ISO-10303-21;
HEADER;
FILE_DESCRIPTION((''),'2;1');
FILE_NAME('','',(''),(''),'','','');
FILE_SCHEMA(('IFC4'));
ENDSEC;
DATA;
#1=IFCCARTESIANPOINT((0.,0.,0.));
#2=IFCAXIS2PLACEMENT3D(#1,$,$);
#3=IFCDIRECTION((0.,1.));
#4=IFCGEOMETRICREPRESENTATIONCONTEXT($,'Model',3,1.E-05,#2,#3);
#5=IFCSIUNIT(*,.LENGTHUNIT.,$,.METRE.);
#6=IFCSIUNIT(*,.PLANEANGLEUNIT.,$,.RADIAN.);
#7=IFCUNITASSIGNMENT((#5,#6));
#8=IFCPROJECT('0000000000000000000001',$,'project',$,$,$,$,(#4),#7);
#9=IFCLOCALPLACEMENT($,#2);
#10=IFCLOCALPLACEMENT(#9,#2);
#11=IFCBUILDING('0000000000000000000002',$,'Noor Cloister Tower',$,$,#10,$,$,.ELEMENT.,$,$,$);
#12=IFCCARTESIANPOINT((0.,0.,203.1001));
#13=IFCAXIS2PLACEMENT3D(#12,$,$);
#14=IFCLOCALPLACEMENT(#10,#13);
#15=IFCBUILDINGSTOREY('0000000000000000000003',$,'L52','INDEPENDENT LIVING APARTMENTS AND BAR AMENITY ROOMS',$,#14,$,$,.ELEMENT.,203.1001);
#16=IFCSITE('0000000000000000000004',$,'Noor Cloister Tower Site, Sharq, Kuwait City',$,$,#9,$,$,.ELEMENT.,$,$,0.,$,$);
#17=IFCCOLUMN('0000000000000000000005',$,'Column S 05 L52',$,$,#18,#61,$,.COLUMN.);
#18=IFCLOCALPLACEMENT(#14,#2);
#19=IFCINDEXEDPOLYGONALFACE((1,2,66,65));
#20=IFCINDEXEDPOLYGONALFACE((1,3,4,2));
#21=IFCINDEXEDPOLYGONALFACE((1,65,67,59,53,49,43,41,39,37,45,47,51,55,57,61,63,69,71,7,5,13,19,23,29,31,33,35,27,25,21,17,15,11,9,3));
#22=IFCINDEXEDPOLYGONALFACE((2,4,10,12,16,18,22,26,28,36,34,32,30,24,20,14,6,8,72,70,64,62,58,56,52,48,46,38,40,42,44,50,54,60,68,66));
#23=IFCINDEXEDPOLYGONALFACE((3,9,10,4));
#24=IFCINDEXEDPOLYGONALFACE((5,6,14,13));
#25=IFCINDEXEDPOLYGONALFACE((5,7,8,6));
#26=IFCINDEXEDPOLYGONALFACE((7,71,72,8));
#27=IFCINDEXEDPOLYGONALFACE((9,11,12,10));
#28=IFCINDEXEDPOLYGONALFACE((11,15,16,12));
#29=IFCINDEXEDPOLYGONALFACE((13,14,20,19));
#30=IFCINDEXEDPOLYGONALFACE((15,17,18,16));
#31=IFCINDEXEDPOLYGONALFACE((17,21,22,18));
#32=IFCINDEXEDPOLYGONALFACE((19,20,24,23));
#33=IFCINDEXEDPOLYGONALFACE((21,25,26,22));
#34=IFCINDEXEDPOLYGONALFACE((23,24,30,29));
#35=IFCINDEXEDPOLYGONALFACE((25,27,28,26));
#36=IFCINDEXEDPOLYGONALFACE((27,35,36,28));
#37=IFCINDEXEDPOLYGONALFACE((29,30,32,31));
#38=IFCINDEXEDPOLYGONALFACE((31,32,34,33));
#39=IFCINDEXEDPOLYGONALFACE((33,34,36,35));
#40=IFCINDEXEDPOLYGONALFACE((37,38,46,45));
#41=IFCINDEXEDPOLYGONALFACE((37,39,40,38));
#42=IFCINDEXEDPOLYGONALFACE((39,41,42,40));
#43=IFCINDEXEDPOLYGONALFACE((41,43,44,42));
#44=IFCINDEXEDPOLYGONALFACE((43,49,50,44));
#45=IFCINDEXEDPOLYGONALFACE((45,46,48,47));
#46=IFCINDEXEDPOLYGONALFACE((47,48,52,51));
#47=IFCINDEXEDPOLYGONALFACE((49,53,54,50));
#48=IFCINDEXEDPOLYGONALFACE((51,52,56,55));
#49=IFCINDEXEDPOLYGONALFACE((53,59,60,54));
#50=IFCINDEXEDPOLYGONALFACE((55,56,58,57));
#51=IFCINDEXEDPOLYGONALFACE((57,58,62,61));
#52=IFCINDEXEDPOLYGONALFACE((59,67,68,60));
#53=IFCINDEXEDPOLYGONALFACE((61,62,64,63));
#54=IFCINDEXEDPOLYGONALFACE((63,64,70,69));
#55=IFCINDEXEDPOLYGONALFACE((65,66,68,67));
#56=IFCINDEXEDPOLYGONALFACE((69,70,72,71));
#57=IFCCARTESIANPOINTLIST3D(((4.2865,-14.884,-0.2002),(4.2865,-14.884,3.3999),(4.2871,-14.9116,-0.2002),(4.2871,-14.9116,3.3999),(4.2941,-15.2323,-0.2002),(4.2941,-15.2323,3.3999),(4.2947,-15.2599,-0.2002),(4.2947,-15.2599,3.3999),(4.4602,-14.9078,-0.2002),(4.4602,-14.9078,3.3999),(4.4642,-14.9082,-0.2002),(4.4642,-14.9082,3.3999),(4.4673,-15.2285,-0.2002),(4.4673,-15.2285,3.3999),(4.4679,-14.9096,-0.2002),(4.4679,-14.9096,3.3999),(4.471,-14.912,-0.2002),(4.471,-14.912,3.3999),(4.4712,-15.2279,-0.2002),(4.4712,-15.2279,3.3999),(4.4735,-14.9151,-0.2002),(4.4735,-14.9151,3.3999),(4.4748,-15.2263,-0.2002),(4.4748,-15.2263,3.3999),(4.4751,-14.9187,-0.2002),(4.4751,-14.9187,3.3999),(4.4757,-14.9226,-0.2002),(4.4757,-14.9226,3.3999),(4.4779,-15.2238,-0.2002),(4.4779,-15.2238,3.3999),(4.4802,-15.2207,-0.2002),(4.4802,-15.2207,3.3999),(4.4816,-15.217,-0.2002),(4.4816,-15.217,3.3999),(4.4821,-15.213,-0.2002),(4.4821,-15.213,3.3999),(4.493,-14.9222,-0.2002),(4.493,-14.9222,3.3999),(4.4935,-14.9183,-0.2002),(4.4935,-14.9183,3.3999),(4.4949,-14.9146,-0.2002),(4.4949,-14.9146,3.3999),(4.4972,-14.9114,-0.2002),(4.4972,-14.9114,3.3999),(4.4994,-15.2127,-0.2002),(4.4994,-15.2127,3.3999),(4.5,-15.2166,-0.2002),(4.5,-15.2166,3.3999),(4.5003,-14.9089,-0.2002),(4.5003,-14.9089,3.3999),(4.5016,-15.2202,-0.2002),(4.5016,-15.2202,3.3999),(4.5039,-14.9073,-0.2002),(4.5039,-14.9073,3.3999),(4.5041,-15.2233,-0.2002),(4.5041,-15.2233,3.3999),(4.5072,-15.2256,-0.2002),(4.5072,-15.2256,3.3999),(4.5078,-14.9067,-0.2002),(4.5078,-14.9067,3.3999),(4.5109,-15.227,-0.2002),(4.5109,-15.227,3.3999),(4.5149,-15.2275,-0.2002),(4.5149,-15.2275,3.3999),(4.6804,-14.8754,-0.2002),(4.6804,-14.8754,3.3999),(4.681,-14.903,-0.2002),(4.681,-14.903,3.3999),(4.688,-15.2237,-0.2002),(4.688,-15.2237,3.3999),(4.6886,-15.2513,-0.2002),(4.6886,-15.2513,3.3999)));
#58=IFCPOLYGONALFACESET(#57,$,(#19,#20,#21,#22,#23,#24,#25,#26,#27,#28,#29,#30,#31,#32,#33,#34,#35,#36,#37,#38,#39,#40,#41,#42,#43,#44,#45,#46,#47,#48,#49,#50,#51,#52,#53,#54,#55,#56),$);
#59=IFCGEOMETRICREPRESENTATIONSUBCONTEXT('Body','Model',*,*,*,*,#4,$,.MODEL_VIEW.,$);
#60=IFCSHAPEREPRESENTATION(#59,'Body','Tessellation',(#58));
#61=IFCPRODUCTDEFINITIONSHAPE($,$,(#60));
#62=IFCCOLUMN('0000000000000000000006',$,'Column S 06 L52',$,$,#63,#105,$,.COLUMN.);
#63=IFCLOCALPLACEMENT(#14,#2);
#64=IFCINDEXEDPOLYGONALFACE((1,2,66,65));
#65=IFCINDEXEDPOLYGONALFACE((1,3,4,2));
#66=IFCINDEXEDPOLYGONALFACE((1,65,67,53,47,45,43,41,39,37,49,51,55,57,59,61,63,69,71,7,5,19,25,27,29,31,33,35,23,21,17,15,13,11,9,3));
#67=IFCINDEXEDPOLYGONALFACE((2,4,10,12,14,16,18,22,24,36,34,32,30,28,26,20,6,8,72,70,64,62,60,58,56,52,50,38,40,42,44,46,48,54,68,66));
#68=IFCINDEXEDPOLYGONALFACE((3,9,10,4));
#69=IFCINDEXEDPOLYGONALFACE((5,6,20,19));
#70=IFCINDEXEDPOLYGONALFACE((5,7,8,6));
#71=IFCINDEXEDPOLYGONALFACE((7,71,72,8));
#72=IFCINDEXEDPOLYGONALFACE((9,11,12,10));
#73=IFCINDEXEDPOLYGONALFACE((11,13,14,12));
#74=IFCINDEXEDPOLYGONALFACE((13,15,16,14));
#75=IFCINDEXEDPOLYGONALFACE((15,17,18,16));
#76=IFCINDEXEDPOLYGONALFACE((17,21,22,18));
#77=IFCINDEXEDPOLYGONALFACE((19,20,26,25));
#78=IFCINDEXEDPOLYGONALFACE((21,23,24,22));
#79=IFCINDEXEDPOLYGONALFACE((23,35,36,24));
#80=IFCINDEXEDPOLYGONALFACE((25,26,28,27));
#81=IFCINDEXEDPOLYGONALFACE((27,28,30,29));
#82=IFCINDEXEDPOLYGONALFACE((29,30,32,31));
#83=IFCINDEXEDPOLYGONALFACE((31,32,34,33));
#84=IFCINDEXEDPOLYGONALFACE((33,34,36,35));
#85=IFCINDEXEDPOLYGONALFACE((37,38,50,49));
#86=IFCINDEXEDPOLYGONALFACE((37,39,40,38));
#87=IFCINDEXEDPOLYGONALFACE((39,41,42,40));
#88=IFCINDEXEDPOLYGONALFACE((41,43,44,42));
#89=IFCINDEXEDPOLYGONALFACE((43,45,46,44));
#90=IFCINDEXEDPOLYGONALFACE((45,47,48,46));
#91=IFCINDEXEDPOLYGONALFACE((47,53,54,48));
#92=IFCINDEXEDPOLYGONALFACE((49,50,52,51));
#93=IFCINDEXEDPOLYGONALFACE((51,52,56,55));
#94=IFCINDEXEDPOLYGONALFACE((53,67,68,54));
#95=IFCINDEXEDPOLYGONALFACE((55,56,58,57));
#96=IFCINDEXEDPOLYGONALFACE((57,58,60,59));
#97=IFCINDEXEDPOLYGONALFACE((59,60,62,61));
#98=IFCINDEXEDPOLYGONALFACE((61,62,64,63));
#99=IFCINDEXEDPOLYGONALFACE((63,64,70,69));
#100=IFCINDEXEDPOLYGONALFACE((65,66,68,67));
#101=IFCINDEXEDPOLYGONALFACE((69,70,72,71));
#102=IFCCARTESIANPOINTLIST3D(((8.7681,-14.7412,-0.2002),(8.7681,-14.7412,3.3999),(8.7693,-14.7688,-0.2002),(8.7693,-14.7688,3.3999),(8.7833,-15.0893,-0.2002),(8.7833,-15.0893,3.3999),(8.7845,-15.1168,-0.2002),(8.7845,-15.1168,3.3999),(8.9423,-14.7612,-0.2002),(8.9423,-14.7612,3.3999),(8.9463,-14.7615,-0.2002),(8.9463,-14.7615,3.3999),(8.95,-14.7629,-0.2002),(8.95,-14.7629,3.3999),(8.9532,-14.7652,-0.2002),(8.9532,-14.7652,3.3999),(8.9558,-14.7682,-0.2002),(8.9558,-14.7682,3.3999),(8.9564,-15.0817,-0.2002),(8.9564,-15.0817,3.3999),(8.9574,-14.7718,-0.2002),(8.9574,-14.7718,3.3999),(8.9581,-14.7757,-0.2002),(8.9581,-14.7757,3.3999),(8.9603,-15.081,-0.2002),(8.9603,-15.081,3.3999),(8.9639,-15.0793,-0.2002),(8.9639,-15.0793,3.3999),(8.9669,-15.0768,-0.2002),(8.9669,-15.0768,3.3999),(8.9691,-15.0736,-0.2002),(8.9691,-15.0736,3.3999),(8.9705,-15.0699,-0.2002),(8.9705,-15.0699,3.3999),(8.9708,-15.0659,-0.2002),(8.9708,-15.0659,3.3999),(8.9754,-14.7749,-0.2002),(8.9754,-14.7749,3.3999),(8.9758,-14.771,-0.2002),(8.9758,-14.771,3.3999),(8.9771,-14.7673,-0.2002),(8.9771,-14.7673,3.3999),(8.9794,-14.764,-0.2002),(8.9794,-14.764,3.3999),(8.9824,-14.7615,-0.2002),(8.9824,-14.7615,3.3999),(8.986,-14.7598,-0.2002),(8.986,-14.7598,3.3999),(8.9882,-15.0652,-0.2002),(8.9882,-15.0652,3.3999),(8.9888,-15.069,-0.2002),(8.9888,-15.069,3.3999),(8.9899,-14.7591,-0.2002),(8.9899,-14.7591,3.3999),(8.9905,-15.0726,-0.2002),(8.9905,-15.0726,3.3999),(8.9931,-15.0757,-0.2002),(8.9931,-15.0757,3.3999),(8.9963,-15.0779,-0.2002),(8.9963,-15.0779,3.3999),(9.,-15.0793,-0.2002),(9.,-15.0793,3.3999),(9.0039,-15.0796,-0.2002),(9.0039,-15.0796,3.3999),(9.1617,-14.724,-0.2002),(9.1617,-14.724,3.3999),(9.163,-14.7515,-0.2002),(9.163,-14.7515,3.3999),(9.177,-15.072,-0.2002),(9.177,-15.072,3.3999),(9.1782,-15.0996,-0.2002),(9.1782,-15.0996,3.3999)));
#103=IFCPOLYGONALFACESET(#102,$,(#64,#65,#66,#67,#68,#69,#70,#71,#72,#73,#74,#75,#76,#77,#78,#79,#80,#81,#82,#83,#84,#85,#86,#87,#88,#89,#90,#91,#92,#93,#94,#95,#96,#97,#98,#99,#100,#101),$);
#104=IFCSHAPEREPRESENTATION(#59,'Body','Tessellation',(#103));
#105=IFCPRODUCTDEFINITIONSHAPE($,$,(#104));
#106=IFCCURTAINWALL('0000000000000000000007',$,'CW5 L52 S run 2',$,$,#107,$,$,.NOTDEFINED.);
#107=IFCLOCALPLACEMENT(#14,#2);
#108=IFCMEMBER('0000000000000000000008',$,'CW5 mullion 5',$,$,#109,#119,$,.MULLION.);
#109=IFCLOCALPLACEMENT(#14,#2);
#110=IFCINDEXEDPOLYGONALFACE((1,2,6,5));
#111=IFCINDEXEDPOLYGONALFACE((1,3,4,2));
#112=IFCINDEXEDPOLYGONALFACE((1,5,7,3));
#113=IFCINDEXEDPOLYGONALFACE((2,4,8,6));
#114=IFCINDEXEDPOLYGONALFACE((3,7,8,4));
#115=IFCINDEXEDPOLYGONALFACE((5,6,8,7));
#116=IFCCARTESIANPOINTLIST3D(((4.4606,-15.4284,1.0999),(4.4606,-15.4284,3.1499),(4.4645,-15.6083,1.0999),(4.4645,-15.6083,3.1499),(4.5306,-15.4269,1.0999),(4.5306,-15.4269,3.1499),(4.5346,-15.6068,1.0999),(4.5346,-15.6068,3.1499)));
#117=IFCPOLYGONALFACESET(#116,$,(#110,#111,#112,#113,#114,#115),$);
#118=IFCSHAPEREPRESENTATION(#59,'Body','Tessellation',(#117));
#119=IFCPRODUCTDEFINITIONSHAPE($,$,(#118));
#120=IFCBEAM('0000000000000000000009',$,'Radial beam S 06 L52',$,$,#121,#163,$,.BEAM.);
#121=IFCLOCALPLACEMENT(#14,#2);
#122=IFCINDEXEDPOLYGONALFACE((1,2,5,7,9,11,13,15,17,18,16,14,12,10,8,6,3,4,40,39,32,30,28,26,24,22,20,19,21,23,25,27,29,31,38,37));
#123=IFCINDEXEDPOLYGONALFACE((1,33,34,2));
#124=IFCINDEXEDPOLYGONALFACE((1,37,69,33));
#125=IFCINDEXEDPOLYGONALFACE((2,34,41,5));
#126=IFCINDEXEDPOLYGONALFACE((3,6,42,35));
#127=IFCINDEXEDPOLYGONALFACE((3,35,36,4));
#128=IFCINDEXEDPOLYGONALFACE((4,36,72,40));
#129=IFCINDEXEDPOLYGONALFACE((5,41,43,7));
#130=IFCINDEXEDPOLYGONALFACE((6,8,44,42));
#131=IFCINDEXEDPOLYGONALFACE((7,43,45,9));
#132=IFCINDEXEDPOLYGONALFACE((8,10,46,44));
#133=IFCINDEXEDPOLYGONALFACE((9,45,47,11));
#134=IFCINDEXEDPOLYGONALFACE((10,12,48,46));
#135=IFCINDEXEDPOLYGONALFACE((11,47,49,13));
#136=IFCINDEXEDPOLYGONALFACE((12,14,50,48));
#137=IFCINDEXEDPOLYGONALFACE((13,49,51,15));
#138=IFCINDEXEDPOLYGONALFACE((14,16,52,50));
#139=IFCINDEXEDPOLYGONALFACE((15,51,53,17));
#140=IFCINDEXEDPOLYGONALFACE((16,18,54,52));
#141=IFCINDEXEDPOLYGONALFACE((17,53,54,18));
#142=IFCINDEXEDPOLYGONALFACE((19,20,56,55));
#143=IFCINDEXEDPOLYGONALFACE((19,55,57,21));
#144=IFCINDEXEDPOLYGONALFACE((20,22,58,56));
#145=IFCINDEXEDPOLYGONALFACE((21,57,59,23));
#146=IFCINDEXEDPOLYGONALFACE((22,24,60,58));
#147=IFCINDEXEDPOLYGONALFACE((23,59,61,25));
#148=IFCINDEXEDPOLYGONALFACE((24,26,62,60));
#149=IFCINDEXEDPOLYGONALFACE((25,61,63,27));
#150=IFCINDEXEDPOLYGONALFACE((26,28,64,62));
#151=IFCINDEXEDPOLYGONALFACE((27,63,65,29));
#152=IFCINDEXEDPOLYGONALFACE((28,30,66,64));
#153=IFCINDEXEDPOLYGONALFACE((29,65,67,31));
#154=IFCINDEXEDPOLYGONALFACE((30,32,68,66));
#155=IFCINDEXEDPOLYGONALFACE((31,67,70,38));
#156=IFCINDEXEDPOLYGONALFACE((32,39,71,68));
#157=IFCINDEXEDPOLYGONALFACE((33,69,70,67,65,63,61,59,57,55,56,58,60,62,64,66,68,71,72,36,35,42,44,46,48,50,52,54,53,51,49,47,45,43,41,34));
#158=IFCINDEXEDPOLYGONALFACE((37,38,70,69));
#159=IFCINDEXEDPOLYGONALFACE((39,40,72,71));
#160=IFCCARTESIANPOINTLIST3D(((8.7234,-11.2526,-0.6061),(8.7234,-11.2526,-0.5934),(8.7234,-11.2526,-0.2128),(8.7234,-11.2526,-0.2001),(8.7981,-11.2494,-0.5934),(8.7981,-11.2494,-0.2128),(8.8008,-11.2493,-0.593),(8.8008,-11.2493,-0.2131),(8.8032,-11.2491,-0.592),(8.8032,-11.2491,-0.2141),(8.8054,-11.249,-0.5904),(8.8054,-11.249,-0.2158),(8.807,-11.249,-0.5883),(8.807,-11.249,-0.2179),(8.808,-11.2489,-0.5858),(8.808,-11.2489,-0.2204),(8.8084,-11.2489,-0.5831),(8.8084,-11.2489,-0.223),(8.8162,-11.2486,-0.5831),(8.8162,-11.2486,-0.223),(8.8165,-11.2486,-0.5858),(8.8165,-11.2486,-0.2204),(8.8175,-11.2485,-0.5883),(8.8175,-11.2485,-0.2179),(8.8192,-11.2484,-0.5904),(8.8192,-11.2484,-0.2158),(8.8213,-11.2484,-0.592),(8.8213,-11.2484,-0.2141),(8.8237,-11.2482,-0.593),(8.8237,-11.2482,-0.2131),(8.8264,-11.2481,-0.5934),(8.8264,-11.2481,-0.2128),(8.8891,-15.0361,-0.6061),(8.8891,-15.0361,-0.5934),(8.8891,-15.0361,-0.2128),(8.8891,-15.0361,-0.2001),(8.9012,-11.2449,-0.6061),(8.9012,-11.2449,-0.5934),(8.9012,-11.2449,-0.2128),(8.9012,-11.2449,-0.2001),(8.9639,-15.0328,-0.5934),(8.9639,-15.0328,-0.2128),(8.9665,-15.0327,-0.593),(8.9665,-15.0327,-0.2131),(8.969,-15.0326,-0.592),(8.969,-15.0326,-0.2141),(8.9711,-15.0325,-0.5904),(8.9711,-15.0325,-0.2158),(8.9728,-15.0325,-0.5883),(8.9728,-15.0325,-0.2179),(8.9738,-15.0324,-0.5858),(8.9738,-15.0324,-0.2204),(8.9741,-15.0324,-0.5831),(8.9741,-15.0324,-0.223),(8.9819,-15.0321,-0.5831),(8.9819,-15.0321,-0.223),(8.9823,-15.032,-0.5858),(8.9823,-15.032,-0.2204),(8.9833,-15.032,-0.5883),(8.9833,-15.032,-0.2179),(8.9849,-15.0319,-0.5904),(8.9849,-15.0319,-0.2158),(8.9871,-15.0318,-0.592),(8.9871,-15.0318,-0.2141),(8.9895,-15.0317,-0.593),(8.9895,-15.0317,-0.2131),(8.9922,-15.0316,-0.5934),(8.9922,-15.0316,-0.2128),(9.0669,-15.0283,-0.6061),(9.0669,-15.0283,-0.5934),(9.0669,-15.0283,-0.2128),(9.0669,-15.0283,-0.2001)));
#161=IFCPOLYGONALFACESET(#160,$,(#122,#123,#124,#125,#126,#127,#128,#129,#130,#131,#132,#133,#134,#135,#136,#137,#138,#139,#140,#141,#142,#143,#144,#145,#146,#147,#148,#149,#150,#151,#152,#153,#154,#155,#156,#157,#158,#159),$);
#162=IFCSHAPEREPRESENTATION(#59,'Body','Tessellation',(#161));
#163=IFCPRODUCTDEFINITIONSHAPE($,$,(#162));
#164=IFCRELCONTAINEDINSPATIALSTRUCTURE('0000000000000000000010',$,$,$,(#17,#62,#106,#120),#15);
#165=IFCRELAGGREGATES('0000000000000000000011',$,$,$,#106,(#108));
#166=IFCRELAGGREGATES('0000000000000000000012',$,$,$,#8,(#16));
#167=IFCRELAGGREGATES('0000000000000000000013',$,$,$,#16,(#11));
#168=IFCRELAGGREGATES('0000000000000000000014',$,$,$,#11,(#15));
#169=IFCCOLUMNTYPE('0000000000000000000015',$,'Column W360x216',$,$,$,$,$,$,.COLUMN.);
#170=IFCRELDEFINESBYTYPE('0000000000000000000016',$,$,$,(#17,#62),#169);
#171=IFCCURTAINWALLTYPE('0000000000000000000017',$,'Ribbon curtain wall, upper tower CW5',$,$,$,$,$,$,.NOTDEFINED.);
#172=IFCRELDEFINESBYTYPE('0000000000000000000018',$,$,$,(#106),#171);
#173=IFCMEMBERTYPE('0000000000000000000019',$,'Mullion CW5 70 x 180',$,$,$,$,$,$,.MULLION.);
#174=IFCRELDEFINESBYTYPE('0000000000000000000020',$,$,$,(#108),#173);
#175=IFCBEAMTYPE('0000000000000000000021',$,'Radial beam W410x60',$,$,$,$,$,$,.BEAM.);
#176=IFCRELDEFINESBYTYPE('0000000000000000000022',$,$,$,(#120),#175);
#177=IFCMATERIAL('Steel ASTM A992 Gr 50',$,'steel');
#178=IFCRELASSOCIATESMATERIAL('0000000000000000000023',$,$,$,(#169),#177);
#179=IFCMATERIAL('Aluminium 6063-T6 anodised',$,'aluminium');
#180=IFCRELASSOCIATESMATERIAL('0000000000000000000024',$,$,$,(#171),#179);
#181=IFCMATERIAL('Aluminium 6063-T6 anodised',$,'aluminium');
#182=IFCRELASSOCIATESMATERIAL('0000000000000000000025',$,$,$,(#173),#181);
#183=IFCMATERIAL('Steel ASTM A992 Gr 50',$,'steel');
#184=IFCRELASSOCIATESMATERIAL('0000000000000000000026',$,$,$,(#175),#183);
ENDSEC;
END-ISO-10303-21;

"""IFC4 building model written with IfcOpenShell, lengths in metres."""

from ifc_helpers import new_model, si_unit, direction, frame, origin, origin_2d, place, context, subcontext, project, spatial, rectangle, i_section, extrude, material, material_profile, profile_set, type_object, element, aggregate, save


model = new_model("IFC4")

# Units and contexts
model_context = context("Model", 3, precision=1e-05, world=origin(), true_north=direction((0.0, 1.0)))
body_context = subcontext(model_context, "Body", "Model", "MODEL_VIEW")
ifc_project = project(units=[si_unit("LENGTHUNIT", "METRE"), si_unit("PLANEANGLEUNIT", "RADIAN")], contexts=[model_context])

# Site, building, storey
site_placement = place(None, origin())
site = spatial("IfcSite", under=ifc_project, at=site_placement, Name="Noor Cloister Tower Site, Sharq, Kuwait City", CompositionType="ELEMENT", RefElevation=0.0)
building_placement = place(site_placement, origin())
building = spatial("IfcBuilding", under=site, at=building_placement, Name="Noor Cloister Tower", CompositionType="ELEMENT")
storey_placement = place(building_placement, frame((0.0, 0.0, 203.1001)))
storey = spatial("IfcBuildingStorey", under=building, at=storey_placement, Name="L52", Description="INDEPENDENT LIVING APARTMENTS AND BAR AMENITY ROOMS", CompositionType="ELEMENT", Elevation=203.1001)

# Columns
ifc_material_1 = material(Name="Steel ASTM A992 Gr 50", Category="steel")
ifc_material_profile_1 = material_profile(ifc_material_1, i_section(OverallWidth=0.394, OverallDepth=0.376, WebThickness=0.0173, FlangeThickness=0.0276, FilletRadius=0.0151, at=origin_2d()), Name="W360x216")
ifc_profile_set_1 = profile_set([ifc_material_profile_1], Name="Steel ASTM A992 Gr 50")
column_type = type_object("IfcColumnType", Name="Column W360x216", PredefinedType="COLUMN", material=ifc_profile_set_1)
for number, where, z_axis, x_axis, name in (
    (1, (4.4875, -15.0676, -0.2002), (0.0, 0.0, 1.0), (0.99976, 0.02189, 0.0), "Column S 05 L52"),
    (2, (8.9731, -14.9204, -0.2002), (0.0, 0.0, 1.0), (0.999042, 0.043769, 0.0), "Column S 06 L52"),
):
    element("IfcColumn", number, at=place(storey_placement, frame(where, z_axis=z_axis, x_axis=x_axis)), inside=storey, type_object=column_type, Name=name, PredefinedType="COLUMN", context=body_context, shape_type="SweptSolid", body=[
        extrude(i_section(OverallWidth=0.394, OverallDepth=0.376, WebThickness=0.0173, FlangeThickness=0.0276, FilletRadius=0.0151, at=origin_2d()), origin(), (0.0, 0.0, 1.0), 3.6001),
    ])

# Curtain wall, member
ifc_material_2 = material(Name="Aluminium 6063-T6 anodised", Category="aluminium")
curtain_wall_type = type_object("IfcCurtainWallType", Name="Ribbon curtain wall, upper tower CW5", PredefinedType="NOTDEFINED", material=ifc_material_2)
curtain_wall_placement = place(storey_placement, origin())
curtain_wall = element("IfcCurtainWall", 3, at=curtain_wall_placement, inside=storey, type_object=curtain_wall_type, Name="CW5 L52 S run 2", PredefinedType="NOTDEFINED")
ifc_material_3 = material(Name="Aluminium 6063-T6 anodised", Category="aluminium")
ifc_material_profile_2 = material_profile(ifc_material_3, rectangle(XDim=0.1799, YDim=0.0701, at=origin_2d()), Name="180 x 70 mullion")
ifc_profile_set_2 = profile_set([ifc_material_profile_2], Name="Aluminium 6063-T6 anodised")
member_type = type_object("IfcMemberType", Name="Mullion CW5 70 x 180", PredefinedType="MULLION", material=ifc_profile_set_2)
member_placement = place(storey_placement, frame((4.4976, -15.5176, 1.0999), z_axis=(0.0, 0.0, 1.0), x_axis=(-0.02189, 0.99976, 0.0)))
member = element("IfcMember", 4, at=member_placement, type_object=member_type, Name="CW5 mullion 5", PredefinedType="MULLION", context=body_context, shape_type="SweptSolid", body=[
    extrude(rectangle(XDim=0.1799, YDim=0.0701, at=origin_2d()), origin(), (0.0, 0.0, 1.0), 2.05),
])

# Beam
ifc_material_4 = material(Name="Steel ASTM A992 Gr 50", Category="steel")
ifc_material_profile_3 = material_profile(ifc_material_4, i_section(OverallWidth=0.178, OverallDepth=0.406, WebThickness=0.0078, FlangeThickness=0.0127, FilletRadius=0.0103, at=origin_2d()), Name="W410x60")
ifc_profile_set_3 = profile_set([ifc_material_profile_3], Name="Steel ASTM A992 Gr 50")
beam_type_1 = type_object("IfcBeamType", Name="Radial beam W410x60", PredefinedType="BEAM", material=ifc_profile_set_3)
beam_1_placement = place(storey_placement, frame((8.978, -15.0322, -0.4031), z_axis=(-0.043773, 0.999042, 0.0), x_axis=(-0.999042, -0.043773, 0.0)))
element("IfcBeam", 5, at=beam_1_placement, inside=storey, type_object=beam_type_1, Name="Radial beam S 06 L52", PredefinedType="BEAM", context=body_context, shape_type="SweptSolid", body=[
    extrude(i_section(OverallWidth=0.178, OverallDepth=0.406, WebThickness=0.0078, FlangeThickness=0.0127, FilletRadius=0.0103, at=origin_2d()), origin(), (0.0, 0.0, 1.0), 3.7871),
])

aggregate(curtain_wall, [member])

save(model, "model.ifc")
